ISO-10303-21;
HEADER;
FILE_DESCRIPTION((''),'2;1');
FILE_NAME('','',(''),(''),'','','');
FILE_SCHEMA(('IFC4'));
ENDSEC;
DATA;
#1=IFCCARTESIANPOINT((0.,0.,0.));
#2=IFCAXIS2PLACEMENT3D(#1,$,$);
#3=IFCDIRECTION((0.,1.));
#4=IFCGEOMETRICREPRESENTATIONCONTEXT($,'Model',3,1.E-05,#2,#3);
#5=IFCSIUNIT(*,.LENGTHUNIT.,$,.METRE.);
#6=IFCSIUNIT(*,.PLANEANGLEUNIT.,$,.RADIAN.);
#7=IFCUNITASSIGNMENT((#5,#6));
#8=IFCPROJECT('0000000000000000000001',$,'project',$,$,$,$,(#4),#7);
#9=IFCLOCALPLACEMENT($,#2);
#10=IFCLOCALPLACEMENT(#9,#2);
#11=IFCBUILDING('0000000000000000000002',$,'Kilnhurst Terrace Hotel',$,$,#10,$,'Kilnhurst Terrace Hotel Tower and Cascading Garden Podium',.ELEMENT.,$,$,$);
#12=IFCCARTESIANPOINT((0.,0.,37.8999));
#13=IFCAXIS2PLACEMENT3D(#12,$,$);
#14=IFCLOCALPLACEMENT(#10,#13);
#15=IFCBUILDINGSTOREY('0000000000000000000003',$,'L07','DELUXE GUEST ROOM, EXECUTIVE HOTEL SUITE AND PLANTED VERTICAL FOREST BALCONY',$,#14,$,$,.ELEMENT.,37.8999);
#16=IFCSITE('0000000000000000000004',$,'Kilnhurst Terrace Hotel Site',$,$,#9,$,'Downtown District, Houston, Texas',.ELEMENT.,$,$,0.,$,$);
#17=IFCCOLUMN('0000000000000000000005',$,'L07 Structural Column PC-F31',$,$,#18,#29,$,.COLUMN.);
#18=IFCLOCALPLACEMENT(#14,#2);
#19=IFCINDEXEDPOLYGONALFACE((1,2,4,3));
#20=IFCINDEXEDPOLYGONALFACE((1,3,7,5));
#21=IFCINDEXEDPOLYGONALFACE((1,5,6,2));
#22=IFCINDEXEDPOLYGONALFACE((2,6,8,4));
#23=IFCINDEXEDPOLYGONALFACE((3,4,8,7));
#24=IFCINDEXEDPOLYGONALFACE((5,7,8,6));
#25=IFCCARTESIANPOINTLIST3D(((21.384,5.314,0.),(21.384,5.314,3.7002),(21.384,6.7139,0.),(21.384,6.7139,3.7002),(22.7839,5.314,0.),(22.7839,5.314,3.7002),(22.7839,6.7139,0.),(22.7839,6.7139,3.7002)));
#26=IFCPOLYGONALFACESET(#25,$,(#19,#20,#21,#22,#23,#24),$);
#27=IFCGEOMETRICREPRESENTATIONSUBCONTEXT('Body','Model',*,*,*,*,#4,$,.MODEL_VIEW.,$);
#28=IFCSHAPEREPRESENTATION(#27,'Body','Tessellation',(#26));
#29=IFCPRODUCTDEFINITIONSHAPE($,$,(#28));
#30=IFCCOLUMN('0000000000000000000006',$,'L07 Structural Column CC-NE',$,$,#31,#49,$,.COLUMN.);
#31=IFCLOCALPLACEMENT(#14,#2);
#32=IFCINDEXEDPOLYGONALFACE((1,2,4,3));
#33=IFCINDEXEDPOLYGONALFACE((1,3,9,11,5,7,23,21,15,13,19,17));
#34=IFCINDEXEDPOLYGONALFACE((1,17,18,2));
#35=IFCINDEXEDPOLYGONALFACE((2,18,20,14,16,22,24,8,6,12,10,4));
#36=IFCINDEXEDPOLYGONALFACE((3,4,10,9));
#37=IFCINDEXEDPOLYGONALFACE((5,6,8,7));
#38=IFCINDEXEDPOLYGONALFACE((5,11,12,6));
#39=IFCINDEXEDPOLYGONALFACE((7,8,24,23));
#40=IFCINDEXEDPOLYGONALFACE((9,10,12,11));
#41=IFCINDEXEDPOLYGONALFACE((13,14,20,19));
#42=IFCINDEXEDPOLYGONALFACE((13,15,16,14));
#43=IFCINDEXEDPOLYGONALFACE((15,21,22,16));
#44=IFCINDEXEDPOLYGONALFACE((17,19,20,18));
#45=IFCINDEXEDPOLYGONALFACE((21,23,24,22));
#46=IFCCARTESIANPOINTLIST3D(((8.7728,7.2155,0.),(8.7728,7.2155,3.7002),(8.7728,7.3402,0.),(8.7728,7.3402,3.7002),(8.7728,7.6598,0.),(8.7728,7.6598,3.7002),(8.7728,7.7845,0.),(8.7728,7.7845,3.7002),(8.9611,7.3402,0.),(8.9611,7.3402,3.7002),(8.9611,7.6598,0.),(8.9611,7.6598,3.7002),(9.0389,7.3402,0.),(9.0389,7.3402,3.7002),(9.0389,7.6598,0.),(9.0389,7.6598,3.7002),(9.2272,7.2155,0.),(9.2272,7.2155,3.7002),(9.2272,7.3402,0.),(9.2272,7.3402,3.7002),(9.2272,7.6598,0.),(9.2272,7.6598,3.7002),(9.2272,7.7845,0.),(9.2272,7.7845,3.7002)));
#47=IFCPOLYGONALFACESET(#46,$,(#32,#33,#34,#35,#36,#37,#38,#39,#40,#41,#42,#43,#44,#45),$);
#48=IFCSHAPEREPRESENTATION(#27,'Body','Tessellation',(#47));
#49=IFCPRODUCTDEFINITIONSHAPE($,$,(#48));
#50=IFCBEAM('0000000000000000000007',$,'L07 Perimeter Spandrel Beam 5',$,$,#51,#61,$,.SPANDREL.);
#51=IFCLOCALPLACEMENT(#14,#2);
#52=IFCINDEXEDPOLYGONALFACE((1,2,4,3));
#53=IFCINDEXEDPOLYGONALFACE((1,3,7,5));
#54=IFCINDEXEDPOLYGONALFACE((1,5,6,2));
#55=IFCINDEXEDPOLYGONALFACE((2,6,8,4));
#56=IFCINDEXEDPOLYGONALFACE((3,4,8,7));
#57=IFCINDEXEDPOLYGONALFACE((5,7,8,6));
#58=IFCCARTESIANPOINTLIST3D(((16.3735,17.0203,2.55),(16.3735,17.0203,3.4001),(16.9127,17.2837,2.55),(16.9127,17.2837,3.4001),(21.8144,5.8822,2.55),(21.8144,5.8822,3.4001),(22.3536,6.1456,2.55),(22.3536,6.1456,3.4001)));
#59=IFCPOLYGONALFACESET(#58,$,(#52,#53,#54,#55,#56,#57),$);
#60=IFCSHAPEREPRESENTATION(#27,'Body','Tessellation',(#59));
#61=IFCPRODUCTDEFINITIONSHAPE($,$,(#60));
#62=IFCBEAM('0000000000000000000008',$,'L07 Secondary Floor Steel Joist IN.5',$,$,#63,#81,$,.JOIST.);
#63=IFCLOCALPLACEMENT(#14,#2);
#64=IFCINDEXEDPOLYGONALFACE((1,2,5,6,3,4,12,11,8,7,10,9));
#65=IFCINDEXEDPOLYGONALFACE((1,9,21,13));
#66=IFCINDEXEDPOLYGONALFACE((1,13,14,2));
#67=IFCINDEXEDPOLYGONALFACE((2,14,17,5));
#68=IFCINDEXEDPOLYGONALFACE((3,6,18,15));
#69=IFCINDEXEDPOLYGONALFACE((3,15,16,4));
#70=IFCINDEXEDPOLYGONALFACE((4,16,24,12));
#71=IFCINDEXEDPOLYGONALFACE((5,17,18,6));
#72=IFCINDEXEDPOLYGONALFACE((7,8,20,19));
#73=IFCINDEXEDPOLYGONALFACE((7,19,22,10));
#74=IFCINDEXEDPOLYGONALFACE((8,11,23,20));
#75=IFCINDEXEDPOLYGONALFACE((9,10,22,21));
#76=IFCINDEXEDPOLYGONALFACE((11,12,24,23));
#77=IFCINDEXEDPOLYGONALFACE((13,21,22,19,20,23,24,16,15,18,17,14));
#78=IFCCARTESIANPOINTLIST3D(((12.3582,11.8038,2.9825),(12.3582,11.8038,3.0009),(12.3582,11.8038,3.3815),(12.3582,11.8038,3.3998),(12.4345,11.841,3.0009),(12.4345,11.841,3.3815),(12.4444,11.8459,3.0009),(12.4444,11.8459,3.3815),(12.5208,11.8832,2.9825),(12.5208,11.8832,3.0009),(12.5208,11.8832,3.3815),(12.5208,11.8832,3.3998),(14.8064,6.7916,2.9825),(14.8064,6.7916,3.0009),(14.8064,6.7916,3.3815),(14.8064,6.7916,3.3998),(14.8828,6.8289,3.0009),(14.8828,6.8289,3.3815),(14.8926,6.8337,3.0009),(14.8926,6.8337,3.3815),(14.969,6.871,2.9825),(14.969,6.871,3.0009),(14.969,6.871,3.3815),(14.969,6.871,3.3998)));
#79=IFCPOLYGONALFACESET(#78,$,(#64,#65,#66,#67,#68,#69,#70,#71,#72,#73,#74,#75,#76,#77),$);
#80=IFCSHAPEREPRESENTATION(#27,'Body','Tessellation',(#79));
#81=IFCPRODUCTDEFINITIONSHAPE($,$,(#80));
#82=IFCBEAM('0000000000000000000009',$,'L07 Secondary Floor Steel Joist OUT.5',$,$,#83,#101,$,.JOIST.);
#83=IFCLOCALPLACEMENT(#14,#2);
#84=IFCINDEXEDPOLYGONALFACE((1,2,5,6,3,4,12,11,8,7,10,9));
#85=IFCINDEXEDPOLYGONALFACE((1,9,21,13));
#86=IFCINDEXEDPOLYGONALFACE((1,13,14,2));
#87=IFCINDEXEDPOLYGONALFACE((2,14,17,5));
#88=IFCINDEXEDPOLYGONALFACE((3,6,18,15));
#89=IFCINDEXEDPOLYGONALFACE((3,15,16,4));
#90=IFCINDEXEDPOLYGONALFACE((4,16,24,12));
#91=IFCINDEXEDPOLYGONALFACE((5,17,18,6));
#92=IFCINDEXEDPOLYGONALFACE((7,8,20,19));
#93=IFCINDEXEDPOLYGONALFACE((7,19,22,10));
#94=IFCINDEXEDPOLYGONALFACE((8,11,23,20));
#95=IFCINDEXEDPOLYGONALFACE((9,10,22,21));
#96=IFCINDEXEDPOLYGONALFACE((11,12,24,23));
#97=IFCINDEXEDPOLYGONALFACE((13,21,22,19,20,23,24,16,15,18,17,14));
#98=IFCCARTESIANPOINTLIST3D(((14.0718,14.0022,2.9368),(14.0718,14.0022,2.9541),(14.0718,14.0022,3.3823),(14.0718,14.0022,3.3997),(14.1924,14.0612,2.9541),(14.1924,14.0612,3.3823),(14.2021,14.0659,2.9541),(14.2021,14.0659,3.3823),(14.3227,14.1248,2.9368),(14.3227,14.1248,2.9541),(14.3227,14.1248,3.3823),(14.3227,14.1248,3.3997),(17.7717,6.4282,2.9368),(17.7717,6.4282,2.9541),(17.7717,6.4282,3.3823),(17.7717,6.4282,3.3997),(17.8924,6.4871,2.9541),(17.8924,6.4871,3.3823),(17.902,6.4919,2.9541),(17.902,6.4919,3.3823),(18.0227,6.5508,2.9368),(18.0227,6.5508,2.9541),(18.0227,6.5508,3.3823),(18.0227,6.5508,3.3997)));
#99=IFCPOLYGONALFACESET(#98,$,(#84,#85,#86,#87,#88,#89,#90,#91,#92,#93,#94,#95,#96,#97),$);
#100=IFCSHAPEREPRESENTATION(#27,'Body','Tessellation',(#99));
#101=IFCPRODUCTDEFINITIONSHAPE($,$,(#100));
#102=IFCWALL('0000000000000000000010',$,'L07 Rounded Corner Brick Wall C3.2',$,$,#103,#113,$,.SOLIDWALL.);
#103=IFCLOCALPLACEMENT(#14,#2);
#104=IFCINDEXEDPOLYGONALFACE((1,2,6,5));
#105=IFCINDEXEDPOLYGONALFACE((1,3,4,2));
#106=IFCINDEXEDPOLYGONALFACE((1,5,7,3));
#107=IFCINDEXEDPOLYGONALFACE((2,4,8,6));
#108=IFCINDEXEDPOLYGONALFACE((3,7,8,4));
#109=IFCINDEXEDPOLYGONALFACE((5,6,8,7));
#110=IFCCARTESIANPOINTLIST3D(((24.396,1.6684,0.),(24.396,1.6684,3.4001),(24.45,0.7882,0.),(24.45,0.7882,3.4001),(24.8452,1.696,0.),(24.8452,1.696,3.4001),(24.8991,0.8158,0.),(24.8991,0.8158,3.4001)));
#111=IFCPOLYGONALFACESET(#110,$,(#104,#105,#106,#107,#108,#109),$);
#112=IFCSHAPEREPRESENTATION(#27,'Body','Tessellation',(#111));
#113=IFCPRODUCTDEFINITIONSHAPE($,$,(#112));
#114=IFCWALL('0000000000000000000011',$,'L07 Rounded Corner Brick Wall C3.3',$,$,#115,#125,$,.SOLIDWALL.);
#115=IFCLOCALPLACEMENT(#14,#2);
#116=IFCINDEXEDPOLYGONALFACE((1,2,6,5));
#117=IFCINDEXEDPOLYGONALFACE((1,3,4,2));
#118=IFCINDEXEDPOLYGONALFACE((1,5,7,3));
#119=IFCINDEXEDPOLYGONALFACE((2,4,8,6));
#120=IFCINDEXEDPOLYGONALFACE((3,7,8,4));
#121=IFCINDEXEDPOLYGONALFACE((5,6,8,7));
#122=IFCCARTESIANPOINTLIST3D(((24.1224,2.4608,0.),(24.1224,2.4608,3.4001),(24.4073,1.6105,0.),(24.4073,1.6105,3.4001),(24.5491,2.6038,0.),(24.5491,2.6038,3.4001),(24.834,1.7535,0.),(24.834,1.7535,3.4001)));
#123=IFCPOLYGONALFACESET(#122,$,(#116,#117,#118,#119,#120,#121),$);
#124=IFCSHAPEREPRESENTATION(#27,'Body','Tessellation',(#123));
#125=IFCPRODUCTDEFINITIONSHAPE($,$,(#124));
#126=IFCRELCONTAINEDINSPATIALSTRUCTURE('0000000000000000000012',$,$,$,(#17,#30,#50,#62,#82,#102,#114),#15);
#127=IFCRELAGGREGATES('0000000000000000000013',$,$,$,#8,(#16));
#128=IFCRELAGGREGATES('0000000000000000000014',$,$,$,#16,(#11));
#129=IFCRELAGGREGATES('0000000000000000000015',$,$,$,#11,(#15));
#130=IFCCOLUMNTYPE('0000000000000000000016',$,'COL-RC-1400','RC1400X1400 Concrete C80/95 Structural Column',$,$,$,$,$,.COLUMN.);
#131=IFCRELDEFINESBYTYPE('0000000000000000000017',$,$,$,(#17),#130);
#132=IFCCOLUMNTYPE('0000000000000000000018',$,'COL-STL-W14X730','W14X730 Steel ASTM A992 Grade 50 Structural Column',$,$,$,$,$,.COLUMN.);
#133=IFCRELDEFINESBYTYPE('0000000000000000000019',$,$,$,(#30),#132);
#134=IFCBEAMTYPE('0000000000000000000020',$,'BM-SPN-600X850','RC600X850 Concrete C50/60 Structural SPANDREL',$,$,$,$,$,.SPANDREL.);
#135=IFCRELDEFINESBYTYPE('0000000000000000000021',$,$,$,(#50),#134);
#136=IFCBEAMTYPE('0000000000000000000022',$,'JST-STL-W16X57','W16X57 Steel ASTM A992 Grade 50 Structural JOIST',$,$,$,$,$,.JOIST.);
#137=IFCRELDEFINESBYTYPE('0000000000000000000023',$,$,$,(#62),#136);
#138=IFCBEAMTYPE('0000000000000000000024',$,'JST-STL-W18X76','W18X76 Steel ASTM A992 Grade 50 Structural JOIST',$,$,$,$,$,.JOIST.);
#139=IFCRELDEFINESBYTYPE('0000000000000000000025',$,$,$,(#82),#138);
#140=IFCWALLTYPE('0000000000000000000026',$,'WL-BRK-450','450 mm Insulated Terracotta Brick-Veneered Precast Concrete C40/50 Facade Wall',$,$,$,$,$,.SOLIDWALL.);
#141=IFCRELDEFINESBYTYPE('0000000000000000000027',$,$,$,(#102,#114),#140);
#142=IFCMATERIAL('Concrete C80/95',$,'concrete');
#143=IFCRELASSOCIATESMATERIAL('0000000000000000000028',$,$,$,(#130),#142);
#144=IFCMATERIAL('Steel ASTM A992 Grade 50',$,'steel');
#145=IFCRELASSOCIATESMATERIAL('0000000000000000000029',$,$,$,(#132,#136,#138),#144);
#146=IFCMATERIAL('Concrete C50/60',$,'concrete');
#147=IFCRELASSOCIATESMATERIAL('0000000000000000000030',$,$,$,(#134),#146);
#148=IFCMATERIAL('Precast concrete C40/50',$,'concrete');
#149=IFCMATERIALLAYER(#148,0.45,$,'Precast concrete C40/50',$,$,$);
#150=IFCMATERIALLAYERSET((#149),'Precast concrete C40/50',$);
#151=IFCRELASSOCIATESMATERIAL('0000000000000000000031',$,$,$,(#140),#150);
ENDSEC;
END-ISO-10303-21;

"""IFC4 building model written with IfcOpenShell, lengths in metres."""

from ifc_helpers import new_model, si_unit, direction, frame, frame_2d, origin, origin_2d, place, context, subcontext, project, spatial, rectangle, i_section, extrude, material, layer, layer_set, material_profile, profile_set, type_object, element, save


model = new_model("IFC4")

# Units and contexts
model_context = context("Model", 3, precision=1e-05, world=origin(), true_north=direction((0.0, 1.0)))
body_context = subcontext(model_context, "Body", "Model", "MODEL_VIEW")
ifc_project = project(units=[si_unit("LENGTHUNIT", "METRE"), si_unit("PLANEANGLEUNIT", "RADIAN")], contexts=[model_context])

# Site, building, storey
site_placement = place(None, origin())
site = spatial("IfcSite", under=ifc_project, at=site_placement, Name="Kilnhurst Terrace Hotel Site", LongName="Downtown District, Houston, Texas", CompositionType="ELEMENT", RefElevation=0.0)
building_placement = place(site_placement, origin())
building = spatial("IfcBuilding", under=site, at=building_placement, Name="Kilnhurst Terrace Hotel", LongName="Kilnhurst Terrace Hotel Tower and Cascading Garden Podium", CompositionType="ELEMENT")
storey_placement = place(building_placement, frame((0.0, 0.0, 37.8999)))
storey = spatial("IfcBuildingStorey", under=building, at=storey_placement, Name="L07", Description="DELUXE GUEST ROOM, EXECUTIVE HOTEL SUITE AND PLANTED VERTICAL FOREST BALCONY", CompositionType="ELEMENT", Elevation=37.8999)

# Columns
ifc_material_1 = material(Name="Concrete C80/95", Category="concrete")
ifc_material_profile_1 = material_profile(ifc_material_1, rectangle(XDim=1.3999, YDim=1.3999, at=origin_2d()), Name="RC1400X1400")
ifc_profile_set_1 = profile_set([ifc_material_profile_1], Name="Concrete C80/95")
column_type_1 = type_object("IfcColumnType", Name="COL-RC-1400", Description="RC1400X1400 Concrete C80/95 Structural Column", PredefinedType="COLUMN", material=ifc_profile_set_1)
column_1_placement = place(storey_placement, frame((22.084, 6.0139, 0.0), z_axis=(0.0, 0.0, 1.0), x_axis=(1.0, 0.0, 0.0)))
element("IfcColumn", 1, at=column_1_placement, inside=storey, type_object=column_type_1, Name="L07 Structural Column PC-F31", PredefinedType="COLUMN", context=body_context, shape_type="SweptSolid", body=[
    extrude(rectangle(XDim=1.3999, YDim=1.3999, at=origin_2d()), origin(), (0.0, 0.0, 1.0), 3.7002),
])
ifc_material_2 = material(Name="Steel ASTM A992 Grade 50", Category="steel")
ifc_material_profile_2 = material_profile(ifc_material_2, i_section(OverallWidth=0.4543, OverallDepth=0.5691, WebThickness=0.0779, FlangeThickness=0.1248, at=origin_2d()), Name="W14X730")
ifc_profile_set_2 = profile_set([ifc_material_profile_2], Name="Steel ASTM A992 Grade 50")
column_type_2 = type_object("IfcColumnType", Name="COL-STL-W14X730", Description="W14X730 Steel ASTM A992 Grade 50 Structural Column", PredefinedType="COLUMN", material=ifc_profile_set_2)
column_2_placement = place(storey_placement, frame((9.0, 7.5, 0.0), z_axis=(0.0, 0.0, 1.0), x_axis=(1.0, 0.0, 0.0)))
element("IfcColumn", 2, at=column_2_placement, inside=storey, type_object=column_type_2, Name="L07 Structural Column CC-NE", PredefinedType="COLUMN", context=body_context, shape_type="SweptSolid", body=[
    extrude(i_section(OverallWidth=0.4543, OverallDepth=0.5691, WebThickness=0.0779, FlangeThickness=0.1248, at=origin_2d()), origin(), (0.0, 0.0, 1.0), 3.7002),
])

# Beams
ifc_material_3 = material(Name="Concrete C50/60", Category="concrete")
ifc_material_profile_3 = material_profile(ifc_material_3, rectangle(XDim=0.6001, YDim=0.8501, at=origin_2d()), Name="RC600X850")
ifc_profile_set_3 = profile_set([ifc_material_profile_3], Name="Concrete C50/60")
beam_type_1 = type_object("IfcBeamType", Name="BM-SPN-600X850", Description="RC600X850 Concrete C50/60 Structural SPANDREL", PredefinedType="SPANDREL", material=ifc_profile_set_3)
beam_1_placement = place(storey_placement, frame((22.084, 6.0139, 2.9751), z_axis=(-0.438923, 0.898525, 0.0), x_axis=(-0.898525, -0.438923, 0.0)))
element("IfcBeam", 3, at=beam_1_placement, inside=storey, type_object=beam_type_1, Name="L07 Perimeter Spandrel Beam 5", PredefinedType="SPANDREL", context=body_context, shape_type="SweptSolid", body=[
    extrude(rectangle(XDim=0.6001, YDim=0.8501, at=origin_2d()), origin(), (0.0, 0.0, 1.0), 12.396),
])
ifc_material_profile_4 = material_profile(ifc_material_2, i_section(OverallWidth=0.1809, OverallDepth=0.4172, WebThickness=0.011, FlangeThickness=0.0183, at=origin_2d()), Name="W16X57")
ifc_profile_set_4 = profile_set([ifc_material_profile_4], Name="Steel ASTM A992 Grade 50")
beam_type_2 = type_object("IfcBeamType", Name="JST-STL-W16X57", Description="W16X57 Steel ASTM A992 Grade 50 Structural JOIST", PredefinedType="JOIST", material=ifc_profile_set_4)
beam_2_placement = place(storey_placement, frame((14.8877, 6.8313, 3.1912), z_axis=(-0.438896, 0.898538, 0.0), x_axis=(-0.898538, -0.438896, 0.0)))
element("IfcBeam", 4, at=beam_2_placement, inside=storey, type_object=beam_type_2, Name="L07 Secondary Floor Steel Joist IN.5", PredefinedType="JOIST", context=body_context, shape_type="SweptSolid", body=[
    extrude(i_section(OverallWidth=0.1809, OverallDepth=0.4172, WebThickness=0.011, FlangeThickness=0.0183, at=origin_2d()), origin(), (0.0, 0.0, 1.0), 5.5781),
])
ifc_material_profile_5 = material_profile(ifc_material_2, i_section(OverallWidth=0.2793, OverallDepth=0.4629, WebThickness=0.0107, FlangeThickness=0.0173, at=origin_2d()), Name="W18X76")
ifc_profile_set_5 = profile_set([ifc_material_profile_5], Name="Steel ASTM A992 Grade 50")
beam_type_3 = type_object("IfcBeamType", Name="JST-STL-W18X76", Description="W18X76 Steel ASTM A992 Grade 50 Structural JOIST", PredefinedType="JOIST", material=ifc_profile_set_5)
beam_3_placement = place(storey_placement, frame((17.8972, 6.4895, 3.1682), z_axis=(-0.438934, 0.898519, 0.0), x_axis=(-0.898519, -0.438934, 0.0)))
element("IfcBeam", 5, at=beam_3_placement, inside=storey, type_object=beam_type_3, Name="L07 Secondary Floor Steel Joist OUT.5", PredefinedType="JOIST", context=body_context, shape_type="SweptSolid", body=[
    extrude(i_section(OverallWidth=0.2793, OverallDepth=0.4629, WebThickness=0.0107, FlangeThickness=0.0173, at=origin_2d()), origin(), (0.0, 0.0, 1.0), 8.4294),
])

# Walls
ifc_material_4 = material(Name="Precast concrete C40/50", Category="concrete")
ifc_layer_1 = layer(ifc_material_4, 0.45, Name="Precast concrete C40/50")
ifc_layer_set_1 = layer_set([ifc_layer_1], Name="Precast concrete C40/50")
wall_type_1 = type_object("IfcWallType", Name="WL-BRK-450", Description="450 mm Insulated Terracotta Brick-Veneered Precast Concrete C40/50 Facade Wall", PredefinedType="SOLIDWALL", material=ifc_layer_set_1)
wall_1_placement = place(storey_placement, frame((24.6746, 0.802, 0.0), z_axis=(0.0, 0.0, 1.0), x_axis=(-0.061189, 0.998126, 0.0)))
element("IfcWall", 6, at=wall_1_placement, inside=storey, type_object=wall_type_1, Name="L07 Rounded Corner Brick Wall C3.2", PredefinedType="SOLIDWALL", context=body_context, shape_type="SweptSolid", body=[
    extrude(rectangle(XDim=0.8818, YDim=0.45, at=frame_2d((0.4409, 0.0))), origin(), (0.0, 0.0, 1.0), 3.4001),
])
wall_2_placement = place(storey_placement, frame((24.6206, 1.6821, 0.0), z_axis=(0.0, 0.0, 1.0), x_axis=(-0.317697, 0.948192, 0.0)))
element("IfcWall", 7, at=wall_2_placement, inside=storey, type_object=wall_type_1, Name="L07 Rounded Corner Brick Wall C3.3", PredefinedType="SOLIDWALL", context=body_context, shape_type="SweptSolid", body=[
    extrude(rectangle(XDim=0.8967, YDim=0.45, at=frame_2d((0.4482, 0.0))), origin(), (0.0, 0.0, 1.0), 3.4001),
])

save(model, "model.ifc")
